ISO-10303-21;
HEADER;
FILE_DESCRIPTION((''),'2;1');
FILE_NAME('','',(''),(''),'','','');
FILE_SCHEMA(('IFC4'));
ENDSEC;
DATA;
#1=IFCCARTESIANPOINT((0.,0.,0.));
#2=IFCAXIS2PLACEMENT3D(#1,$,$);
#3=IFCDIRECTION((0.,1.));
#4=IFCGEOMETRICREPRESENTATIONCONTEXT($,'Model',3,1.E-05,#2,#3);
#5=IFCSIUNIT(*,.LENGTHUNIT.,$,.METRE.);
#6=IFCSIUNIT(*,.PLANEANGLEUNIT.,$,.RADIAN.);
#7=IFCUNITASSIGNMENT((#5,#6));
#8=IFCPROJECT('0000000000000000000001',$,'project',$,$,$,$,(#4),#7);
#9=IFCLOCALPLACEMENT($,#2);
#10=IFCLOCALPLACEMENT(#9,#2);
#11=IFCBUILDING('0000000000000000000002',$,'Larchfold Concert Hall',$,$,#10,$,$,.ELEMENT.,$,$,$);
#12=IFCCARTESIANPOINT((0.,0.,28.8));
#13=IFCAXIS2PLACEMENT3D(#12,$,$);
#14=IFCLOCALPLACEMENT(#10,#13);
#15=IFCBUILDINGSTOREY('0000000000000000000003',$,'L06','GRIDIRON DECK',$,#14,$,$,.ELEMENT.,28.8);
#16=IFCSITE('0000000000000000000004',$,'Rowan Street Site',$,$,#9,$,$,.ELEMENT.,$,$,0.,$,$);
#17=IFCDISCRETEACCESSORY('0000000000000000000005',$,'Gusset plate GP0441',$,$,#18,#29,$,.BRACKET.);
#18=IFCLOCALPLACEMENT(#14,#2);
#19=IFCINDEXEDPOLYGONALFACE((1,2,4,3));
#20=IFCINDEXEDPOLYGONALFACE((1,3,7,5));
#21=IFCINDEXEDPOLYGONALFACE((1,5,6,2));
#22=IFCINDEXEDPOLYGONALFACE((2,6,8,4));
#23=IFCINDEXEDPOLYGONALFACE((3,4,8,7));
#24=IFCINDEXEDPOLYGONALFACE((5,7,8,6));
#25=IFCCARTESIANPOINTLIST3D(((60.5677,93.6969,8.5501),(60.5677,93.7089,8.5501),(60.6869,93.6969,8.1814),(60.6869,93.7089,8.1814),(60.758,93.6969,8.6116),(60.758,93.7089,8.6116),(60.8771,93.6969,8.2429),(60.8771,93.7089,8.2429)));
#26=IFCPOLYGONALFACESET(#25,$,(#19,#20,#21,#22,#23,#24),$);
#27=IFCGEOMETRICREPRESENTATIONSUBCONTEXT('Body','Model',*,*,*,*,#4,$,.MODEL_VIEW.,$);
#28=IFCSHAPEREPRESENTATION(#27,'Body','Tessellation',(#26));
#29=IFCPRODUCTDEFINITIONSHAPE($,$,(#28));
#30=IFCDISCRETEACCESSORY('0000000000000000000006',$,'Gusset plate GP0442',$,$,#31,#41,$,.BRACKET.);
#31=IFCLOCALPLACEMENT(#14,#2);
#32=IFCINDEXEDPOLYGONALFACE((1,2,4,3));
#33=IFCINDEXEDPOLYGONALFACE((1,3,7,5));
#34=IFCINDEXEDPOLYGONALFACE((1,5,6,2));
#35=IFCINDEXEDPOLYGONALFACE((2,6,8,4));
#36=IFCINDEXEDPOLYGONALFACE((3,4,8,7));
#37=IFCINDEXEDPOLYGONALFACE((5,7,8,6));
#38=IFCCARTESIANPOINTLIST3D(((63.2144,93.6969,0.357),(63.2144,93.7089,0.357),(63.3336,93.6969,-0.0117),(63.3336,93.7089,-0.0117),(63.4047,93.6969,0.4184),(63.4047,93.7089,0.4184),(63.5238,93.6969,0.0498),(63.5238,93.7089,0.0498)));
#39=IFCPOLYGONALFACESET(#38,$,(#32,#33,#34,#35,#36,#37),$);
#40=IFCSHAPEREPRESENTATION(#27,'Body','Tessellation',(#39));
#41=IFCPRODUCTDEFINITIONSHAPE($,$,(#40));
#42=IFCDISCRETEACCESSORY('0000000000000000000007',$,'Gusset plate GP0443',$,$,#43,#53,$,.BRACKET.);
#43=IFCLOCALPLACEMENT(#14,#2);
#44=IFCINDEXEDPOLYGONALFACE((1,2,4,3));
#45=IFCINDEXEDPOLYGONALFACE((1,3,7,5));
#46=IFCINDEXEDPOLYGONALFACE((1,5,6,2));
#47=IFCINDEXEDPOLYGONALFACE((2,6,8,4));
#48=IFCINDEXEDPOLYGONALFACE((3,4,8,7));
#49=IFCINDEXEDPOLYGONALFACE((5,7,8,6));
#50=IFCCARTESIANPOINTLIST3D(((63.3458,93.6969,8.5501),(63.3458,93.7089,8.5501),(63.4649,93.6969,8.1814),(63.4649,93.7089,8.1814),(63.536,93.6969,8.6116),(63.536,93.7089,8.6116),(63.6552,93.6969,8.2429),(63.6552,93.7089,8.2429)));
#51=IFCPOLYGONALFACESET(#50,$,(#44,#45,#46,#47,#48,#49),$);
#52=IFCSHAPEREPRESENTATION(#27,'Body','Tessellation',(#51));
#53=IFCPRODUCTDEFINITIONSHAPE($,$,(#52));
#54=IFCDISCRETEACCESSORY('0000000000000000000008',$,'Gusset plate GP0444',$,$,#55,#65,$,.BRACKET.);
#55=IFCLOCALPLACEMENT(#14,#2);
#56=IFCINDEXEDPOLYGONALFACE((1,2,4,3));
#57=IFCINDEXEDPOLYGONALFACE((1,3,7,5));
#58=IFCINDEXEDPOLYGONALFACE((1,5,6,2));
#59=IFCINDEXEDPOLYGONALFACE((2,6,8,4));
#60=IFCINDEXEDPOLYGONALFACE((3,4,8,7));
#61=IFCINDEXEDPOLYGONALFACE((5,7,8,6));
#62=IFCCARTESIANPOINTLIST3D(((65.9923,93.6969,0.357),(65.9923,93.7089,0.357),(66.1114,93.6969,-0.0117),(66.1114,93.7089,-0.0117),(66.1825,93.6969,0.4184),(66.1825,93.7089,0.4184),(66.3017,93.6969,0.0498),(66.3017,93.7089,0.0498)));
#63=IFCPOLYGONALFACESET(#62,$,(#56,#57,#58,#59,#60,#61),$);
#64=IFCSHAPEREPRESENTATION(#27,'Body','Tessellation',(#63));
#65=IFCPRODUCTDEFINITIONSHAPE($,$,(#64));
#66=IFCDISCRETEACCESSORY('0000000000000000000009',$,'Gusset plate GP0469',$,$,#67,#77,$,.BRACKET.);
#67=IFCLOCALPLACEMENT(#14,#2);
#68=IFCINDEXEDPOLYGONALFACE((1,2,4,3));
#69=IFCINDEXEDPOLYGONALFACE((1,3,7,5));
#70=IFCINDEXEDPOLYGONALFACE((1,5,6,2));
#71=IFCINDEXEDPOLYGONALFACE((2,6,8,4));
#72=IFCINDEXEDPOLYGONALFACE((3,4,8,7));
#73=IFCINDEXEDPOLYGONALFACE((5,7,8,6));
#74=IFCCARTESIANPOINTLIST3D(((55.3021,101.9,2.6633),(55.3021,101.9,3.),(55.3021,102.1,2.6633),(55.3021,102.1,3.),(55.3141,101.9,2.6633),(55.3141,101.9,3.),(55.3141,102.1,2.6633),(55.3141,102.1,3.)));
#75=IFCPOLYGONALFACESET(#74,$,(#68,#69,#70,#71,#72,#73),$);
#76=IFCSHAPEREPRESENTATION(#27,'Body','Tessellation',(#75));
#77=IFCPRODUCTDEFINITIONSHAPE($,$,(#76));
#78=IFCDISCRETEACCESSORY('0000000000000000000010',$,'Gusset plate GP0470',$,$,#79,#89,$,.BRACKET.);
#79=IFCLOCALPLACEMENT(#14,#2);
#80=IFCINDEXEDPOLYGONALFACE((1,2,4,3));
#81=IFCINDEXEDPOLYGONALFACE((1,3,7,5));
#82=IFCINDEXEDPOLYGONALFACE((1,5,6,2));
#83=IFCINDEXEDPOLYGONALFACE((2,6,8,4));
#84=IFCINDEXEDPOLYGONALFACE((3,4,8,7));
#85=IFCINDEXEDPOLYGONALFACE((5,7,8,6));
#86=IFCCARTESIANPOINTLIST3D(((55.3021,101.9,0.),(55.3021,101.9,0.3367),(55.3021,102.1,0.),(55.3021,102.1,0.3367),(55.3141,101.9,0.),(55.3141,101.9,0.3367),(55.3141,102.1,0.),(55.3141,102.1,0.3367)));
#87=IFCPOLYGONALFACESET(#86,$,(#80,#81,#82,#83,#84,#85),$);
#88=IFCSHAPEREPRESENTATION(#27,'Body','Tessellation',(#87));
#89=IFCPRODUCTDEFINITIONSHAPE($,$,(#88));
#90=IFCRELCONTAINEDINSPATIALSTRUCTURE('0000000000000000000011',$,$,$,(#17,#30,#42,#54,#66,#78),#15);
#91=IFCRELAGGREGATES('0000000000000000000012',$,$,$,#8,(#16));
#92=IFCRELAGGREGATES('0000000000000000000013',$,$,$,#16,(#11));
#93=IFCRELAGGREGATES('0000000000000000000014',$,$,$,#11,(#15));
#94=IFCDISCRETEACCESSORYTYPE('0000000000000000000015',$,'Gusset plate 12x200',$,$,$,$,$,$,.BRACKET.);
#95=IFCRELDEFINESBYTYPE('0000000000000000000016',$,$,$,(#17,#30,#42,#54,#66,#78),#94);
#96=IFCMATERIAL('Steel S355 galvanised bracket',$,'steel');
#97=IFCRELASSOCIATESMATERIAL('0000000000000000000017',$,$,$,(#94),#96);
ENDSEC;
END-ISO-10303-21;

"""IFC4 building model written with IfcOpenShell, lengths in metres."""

from ifc_helpers import new_model, si_unit, direction, frame, origin, origin_2d, place, context, subcontext, project, spatial, rectangle, extrude, material, material_profile, profile_set, type_object, element, save


model = new_model("IFC4")

# Units and contexts
model_context = context("Model", 3, precision=1e-05, world=origin(), true_north=direction((0.0, 1.0)))
body_context = subcontext(model_context, "Body", "Model", "MODEL_VIEW")
ifc_project = project(units=[si_unit("LENGTHUNIT", "METRE"), si_unit("PLANEANGLEUNIT", "RADIAN")], contexts=[model_context])

# Site, building, storey
site_placement = place(None, origin())
site = spatial("IfcSite", under=ifc_project, at=site_placement, Name="Rowan Street Site", CompositionType="ELEMENT", RefElevation=0.0)
building_placement = place(site_placement, origin())
building = spatial("IfcBuilding", under=site, at=building_placement, Name="Larchfold Concert Hall", CompositionType="ELEMENT")
storey_placement = place(building_placement, frame((0.0, 0.0, 28.8)))
storey = spatial("IfcBuildingStorey", under=building, at=storey_placement, Name="L06", Description="GRIDIRON DECK", CompositionType="ELEMENT", Elevation=28.8)

# Discrete accessories
ifc_material_1 = material(Name="Steel S355 galvanised bracket", Category="steel")
ifc_material_profile_1 = material_profile(ifc_material_1, rectangle(XDim=0.012, YDim=0.2, at=origin_2d()))
ifc_profile_set_1 = profile_set([ifc_material_profile_1], Name="Steel S355 galvanised bracket")
discrete_accessory_type = type_object("IfcDiscreteAccessoryType", Name="Gusset plate 12x200", PredefinedType="BRACKET", material=ifc_profile_set_1)
for number, where, z_axis, x_axis, name in (
    (1, (60.6628, 93.7029, 8.5808), (0.307518, 0.0, -0.951542), (0.0, 1.0, 0.0), "Gusset plate GP0441"),
    (2, (63.3096, 93.7029, 0.3877), (0.307518, 0.0, -0.951542), (0.0, 1.0, 0.0), "Gusset plate GP0442"),
    (3, (63.4409, 93.7029, 8.5808), (0.307518, 0.0, -0.951542), (0.0, 1.0, 0.0), "Gusset plate GP0443"),
    (4, (66.0874, 93.7029, 0.3877), (0.307518, 0.0, -0.951542), (0.0, 1.0, 0.0), "Gusset plate GP0444"),
):
    element("IfcDiscreteAccessory", number, at=place(storey_placement, frame(where, z_axis=z_axis, x_axis=x_axis)), inside=storey, type_object=discrete_accessory_type, Name=name, PredefinedType="BRACKET", context=body_context, shape_type="SweptSolid", body=[
        extrude(rectangle(XDim=0.012, YDim=0.2, at=origin_2d()), origin(), (0.0, 0.0, 1.0), 0.3875),
    ])
for number, where, z_axis, x_axis, name in (
    (5, (55.3081, 102.0, 3.0), (0.0, 0.0, -1.0), (1.0, 0.0, 0.0), "Gusset plate GP0469"),
    (6, (55.3081, 102.0, 0.3367), (0.0, 0.0, -1.0), (1.0, 0.0, 0.0), "Gusset plate GP0470"),
):
    element("IfcDiscreteAccessory", number, at=place(storey_placement, frame(where, z_axis=z_axis, x_axis=x_axis)), inside=storey, type_object=discrete_accessory_type, Name=name, PredefinedType="BRACKET", context=body_context, shape_type="SweptSolid", body=[
        extrude(rectangle(XDim=0.012, YDim=0.2, at=origin_2d()), origin(), (0.0, 0.0, 1.0), 0.3367),
    ])

save(model, "model.ifc")
